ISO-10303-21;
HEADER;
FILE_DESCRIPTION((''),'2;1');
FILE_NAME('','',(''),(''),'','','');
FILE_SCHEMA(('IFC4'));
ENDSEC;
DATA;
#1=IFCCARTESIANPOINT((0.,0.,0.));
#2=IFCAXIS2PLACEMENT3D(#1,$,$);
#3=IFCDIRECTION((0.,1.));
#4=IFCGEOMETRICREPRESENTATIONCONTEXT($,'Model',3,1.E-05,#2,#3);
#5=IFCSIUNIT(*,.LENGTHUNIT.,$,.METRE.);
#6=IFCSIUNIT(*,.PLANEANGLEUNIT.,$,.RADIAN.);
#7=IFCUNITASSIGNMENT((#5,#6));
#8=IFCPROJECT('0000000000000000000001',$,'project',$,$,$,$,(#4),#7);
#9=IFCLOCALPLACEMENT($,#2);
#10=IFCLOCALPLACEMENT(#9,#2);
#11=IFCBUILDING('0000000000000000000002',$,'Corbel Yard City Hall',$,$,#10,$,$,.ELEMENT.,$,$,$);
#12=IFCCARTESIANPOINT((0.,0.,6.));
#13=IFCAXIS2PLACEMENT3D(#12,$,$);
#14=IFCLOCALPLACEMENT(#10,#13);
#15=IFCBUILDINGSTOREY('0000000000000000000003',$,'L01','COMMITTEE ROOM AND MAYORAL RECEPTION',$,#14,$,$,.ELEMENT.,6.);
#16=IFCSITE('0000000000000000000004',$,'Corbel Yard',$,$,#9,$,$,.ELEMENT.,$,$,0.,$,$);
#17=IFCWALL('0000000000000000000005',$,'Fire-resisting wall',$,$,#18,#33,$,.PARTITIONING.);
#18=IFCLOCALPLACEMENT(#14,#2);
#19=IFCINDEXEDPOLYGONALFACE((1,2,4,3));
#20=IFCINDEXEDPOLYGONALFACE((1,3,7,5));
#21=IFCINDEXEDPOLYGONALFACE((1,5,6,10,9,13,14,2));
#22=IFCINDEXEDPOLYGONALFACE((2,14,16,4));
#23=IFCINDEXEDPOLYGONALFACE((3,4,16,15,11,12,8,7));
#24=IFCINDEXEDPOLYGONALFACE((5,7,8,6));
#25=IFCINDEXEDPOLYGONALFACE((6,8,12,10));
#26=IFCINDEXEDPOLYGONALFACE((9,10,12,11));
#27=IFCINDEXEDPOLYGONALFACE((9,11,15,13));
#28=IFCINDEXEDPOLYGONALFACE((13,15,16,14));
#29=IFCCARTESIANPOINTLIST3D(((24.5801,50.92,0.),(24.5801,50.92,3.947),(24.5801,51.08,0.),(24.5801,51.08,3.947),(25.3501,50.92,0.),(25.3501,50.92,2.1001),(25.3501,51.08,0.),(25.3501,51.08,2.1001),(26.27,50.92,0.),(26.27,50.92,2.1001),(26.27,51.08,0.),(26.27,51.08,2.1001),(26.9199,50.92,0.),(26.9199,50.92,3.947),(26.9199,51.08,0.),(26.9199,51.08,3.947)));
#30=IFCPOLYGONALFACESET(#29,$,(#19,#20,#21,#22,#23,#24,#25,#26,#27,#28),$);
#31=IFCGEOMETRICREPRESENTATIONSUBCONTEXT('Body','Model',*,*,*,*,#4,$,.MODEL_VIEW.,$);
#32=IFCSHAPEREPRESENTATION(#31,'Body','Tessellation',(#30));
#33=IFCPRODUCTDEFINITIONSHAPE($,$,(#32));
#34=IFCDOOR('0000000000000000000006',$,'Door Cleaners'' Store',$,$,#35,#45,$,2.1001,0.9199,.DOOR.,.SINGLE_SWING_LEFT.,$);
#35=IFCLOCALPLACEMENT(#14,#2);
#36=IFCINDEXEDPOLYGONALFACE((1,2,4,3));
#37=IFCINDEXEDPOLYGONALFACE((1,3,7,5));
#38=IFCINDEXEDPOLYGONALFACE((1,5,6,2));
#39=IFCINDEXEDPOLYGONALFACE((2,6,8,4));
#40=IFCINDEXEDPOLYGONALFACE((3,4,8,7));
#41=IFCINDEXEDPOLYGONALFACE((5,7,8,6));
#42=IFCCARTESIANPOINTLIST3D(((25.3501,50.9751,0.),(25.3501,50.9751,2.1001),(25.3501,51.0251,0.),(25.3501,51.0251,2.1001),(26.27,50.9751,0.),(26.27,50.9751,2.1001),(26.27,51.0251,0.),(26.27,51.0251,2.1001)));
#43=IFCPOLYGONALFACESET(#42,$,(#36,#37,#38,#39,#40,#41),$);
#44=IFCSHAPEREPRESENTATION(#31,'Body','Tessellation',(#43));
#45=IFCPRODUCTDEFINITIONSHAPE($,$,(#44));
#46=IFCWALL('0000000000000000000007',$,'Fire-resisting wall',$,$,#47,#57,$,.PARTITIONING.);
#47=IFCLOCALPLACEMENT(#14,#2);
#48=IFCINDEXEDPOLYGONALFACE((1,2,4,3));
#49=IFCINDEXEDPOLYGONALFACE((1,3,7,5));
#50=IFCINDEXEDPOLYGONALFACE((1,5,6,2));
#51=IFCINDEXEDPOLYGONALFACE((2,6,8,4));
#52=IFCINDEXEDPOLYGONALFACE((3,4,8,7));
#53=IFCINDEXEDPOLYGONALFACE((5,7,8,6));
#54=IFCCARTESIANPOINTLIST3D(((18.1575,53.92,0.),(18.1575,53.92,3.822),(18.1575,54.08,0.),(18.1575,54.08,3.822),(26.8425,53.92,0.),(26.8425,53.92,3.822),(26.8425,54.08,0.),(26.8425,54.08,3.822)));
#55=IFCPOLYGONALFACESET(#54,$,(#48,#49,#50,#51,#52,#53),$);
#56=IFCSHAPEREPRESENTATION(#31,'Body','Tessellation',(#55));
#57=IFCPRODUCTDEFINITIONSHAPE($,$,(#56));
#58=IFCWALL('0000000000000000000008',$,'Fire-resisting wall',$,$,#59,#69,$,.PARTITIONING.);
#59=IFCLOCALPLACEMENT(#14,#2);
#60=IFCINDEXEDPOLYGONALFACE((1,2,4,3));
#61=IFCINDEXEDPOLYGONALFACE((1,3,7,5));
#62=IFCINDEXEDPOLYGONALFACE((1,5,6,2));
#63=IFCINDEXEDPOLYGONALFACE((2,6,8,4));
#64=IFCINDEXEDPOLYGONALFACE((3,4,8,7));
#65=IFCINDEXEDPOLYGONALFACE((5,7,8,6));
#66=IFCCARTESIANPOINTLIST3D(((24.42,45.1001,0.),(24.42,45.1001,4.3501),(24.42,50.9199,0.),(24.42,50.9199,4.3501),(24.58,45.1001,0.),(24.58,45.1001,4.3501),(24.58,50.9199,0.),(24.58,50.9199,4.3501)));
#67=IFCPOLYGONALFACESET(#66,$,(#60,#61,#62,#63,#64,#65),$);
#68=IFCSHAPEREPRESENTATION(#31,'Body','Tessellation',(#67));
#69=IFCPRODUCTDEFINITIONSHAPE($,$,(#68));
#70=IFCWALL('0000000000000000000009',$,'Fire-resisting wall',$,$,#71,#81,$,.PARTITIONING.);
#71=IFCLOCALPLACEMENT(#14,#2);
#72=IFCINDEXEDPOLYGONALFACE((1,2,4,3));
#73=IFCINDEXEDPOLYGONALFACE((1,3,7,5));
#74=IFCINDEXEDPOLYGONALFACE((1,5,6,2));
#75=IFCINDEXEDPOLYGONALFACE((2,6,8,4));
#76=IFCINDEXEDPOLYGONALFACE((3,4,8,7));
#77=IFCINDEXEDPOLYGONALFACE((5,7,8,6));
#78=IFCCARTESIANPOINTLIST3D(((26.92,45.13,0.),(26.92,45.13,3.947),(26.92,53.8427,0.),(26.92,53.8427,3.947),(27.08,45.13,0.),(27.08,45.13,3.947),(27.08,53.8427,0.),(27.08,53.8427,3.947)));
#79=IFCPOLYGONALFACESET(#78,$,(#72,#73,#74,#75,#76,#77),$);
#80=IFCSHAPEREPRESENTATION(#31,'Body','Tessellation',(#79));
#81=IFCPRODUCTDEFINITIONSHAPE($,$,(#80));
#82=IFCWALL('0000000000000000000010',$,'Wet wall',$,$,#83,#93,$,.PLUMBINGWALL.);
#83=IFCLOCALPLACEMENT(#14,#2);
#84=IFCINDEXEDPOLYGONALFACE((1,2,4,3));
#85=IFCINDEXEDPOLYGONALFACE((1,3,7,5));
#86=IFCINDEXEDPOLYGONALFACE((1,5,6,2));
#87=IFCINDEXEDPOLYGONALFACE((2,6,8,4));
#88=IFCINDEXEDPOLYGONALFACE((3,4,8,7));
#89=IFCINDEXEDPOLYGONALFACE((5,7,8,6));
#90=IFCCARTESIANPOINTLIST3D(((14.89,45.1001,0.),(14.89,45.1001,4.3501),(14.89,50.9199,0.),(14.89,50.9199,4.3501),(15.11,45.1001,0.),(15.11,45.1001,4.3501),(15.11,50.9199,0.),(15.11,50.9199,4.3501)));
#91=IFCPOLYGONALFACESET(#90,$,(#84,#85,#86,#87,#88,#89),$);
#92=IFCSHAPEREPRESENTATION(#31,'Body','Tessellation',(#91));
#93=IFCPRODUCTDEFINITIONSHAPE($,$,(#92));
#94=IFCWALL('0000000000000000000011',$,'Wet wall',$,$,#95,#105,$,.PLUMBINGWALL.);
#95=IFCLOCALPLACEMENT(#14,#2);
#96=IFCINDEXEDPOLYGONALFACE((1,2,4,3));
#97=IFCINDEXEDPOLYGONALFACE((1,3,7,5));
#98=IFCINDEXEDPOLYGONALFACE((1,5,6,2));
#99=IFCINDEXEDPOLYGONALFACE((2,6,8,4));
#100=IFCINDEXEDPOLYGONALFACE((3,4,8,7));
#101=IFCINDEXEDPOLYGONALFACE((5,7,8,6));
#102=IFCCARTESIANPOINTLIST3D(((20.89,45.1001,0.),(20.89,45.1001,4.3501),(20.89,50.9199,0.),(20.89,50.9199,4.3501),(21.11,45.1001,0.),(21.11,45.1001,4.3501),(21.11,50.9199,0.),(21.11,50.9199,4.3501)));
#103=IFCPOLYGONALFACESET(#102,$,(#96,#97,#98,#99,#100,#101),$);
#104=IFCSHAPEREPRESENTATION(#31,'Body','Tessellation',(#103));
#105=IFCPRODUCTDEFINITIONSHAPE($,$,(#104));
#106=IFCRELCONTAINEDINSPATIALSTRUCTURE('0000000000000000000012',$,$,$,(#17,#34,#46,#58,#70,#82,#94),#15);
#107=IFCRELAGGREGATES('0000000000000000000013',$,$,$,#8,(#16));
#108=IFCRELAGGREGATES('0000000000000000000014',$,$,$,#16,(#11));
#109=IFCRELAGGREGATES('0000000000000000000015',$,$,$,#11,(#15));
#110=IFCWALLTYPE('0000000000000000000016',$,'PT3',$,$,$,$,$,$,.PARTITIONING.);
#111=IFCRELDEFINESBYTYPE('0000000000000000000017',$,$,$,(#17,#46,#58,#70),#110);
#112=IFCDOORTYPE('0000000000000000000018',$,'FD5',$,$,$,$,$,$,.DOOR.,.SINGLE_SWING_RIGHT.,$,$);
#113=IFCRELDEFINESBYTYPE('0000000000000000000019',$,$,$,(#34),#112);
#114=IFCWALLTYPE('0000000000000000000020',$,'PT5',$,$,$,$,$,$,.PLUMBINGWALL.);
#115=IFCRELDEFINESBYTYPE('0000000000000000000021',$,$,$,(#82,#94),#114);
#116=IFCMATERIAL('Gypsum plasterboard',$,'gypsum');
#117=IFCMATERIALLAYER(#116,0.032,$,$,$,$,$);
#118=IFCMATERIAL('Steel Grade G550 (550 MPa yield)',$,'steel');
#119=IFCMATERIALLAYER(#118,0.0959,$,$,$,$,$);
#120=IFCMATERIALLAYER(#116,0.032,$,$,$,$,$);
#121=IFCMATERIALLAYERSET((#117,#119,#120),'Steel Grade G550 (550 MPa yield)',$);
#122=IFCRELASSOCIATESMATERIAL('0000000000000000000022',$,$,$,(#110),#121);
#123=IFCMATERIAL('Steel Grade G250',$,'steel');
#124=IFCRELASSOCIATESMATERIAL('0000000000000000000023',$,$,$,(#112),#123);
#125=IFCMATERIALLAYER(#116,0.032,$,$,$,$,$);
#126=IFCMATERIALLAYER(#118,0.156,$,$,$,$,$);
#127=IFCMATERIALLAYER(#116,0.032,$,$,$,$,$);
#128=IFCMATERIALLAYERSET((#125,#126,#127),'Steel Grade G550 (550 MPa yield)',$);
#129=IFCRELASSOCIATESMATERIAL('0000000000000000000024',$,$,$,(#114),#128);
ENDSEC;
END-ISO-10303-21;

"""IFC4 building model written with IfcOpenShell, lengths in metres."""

from ifc_helpers import new_model, si_unit, direction, frame, frame_2d, origin, place, context, subcontext, project, spatial, rectangle, extrude, material, layer, layer_set, type_object, element, fill, save


model = new_model("IFC4")

# Units and contexts
model_context = context("Model", 3, precision=1e-05, world=origin(), true_north=direction((0.0, 1.0)))
body_context = subcontext(model_context, "Body", "Model", "MODEL_VIEW")
ifc_project = project(units=[si_unit("LENGTHUNIT", "METRE"), si_unit("PLANEANGLEUNIT", "RADIAN")], contexts=[model_context])

# Site, building, storey
site_placement = place(None, origin())
site = spatial("IfcSite", under=ifc_project, at=site_placement, Name="Corbel Yard", CompositionType="ELEMENT", RefElevation=0.0)
building_placement = place(site_placement, origin())
building = spatial("IfcBuilding", under=site, at=building_placement, Name="Corbel Yard City Hall", CompositionType="ELEMENT")
storey_placement = place(building_placement, frame((0.0, 0.0, 6.0)))
storey = spatial("IfcBuildingStorey", under=building, at=storey_placement, Name="L01", Description="COMMITTEE ROOM AND MAYORAL RECEPTION", CompositionType="ELEMENT", Elevation=6.0)

# Shared definitions
ifc_material_1 = material(Name="Gypsum plasterboard", Category="gypsum")
ifc_material_2 = material(Name="Steel Grade G550 (550 MPa yield)", Category="steel")

# Wall, opening, door
ifc_layer_1 = layer(ifc_material_1, 0.032)
ifc_layer_2 = layer(ifc_material_2, 0.0959)
ifc_layer_3 = layer(ifc_material_1, 0.032)
ifc_layer_set_1 = layer_set([ifc_layer_1, ifc_layer_2, ifc_layer_3], Name="Steel Grade G550 (550 MPa yield)")
wall_type_1 = type_object("IfcWallType", Name="PT3", PredefinedType="PARTITIONING", material=ifc_layer_set_1)
ifc_material_3 = material(Name="Steel Grade G250", Category="steel")
wall_1_placement = place(storey_placement, frame((24.5801, 51.0, 0.0), z_axis=(0.0, 0.0, 1.0), x_axis=(1.0, 0.0, 0.0)))
wall_1 = element("IfcWall", 1, at=wall_1_placement, inside=storey, type_object=wall_type_1, Name="Fire-resisting wall", PredefinedType="PARTITIONING", context=body_context, shape_type="SweptSolid", body=[
    extrude(rectangle(XDim=2.3398, YDim=0.1599, at=frame_2d((1.1699, 0.0))), origin(), (0.0, 0.0, 1.0), 3.947),
])
opening_1_placement = place(wall_1_placement, frame((0.77, 0.0, 0.0)))
opening_1 = element("IfcOpeningElement", 2, at=opening_1_placement, cuts=wall_1, PredefinedType="OPENING", context=body_context, shape_type="SweptSolid", body=[
    extrude(rectangle(XDim=0.9199, YDim=2.1001, at=frame_2d((0.46, 1.05))), frame((0.0, 0.0898, 0.0), z_axis=(0.0, -1.0, 0.0), x_axis=(1.0, 0.0, 0.0)), (0.0, 0.0, 1.0), 0.1799),
])
door_type_1 = type_object("IfcDoorType", Name="FD5", OperationType="SINGLE_SWING_RIGHT", PredefinedType="DOOR", material=ifc_material_3)
door_1_placement = place(opening_1_placement, frame((0.9199, 0.0, 0.0), z_axis=(0.0, 0.0, 1.0), x_axis=(-1.0, 0.0, 0.0)))
door_1 = element("IfcDoor", 3, at=door_1_placement, inside=storey, type_object=door_type_1, Name="Door Cleaners' Store", OperationType="SINGLE_SWING_LEFT", OverallHeight=2.1001, OverallWidth=0.9199, PredefinedType="DOOR", context=body_context, shape_type="SweptSolid", body=[
    extrude(rectangle(XDim=0.9199, YDim=2.1001, at=frame_2d((0.46, 1.05))), frame((0.0, 0.0249, 0.0), z_axis=(0.0, -1.0, 0.0), x_axis=(1.0, 0.0, 0.0)), (0.0, 0.0, 1.0), 0.05),
])
fill(opening_1, door_1)

# Walls
wall_2_placement = place(storey_placement, frame((18.1575, 54.0, 0.0), z_axis=(0.0, 0.0, 1.0), x_axis=(1.0, 0.0, 0.0)))
element("IfcWall", 4, at=wall_2_placement, inside=storey, type_object=wall_type_1, Name="Fire-resisting wall", PredefinedType="PARTITIONING", context=body_context, shape_type="SweptSolid", body=[
    extrude(rectangle(XDim=8.6851, YDim=0.1599, at=frame_2d((4.3425, 0.0))), origin(), (0.0, 0.0, 1.0), 3.822),
])
wall_3_placement = place(storey_placement, frame((24.5, 45.1001, 0.0), z_axis=(0.0, 0.0, 1.0), x_axis=(0.0, 1.0, 0.0)))
element("IfcWall", 5, at=wall_3_placement, inside=storey, type_object=wall_type_1, Name="Fire-resisting wall", PredefinedType="PARTITIONING", context=body_context, shape_type="SweptSolid", body=[
    extrude(rectangle(XDim=5.8198, YDim=0.1599, at=frame_2d((2.9099, 0.0))), origin(), (0.0, 0.0, 1.0), 4.3501),
])
wall_4_placement = place(storey_placement, frame((27.0, 45.1299, 0.0), z_axis=(0.0, 0.0, 1.0), x_axis=(0.0, 1.0, 0.0)))
element("IfcWall", 6, at=wall_4_placement, inside=storey, type_object=wall_type_1, Name="Fire-resisting wall", PredefinedType="PARTITIONING", context=body_context, shape_type="SweptSolid", body=[
    extrude(rectangle(XDim=8.7126, YDim=0.1599, at=frame_2d((4.3564, 0.0))), origin(), (0.0, 0.0, 1.0), 3.947),
])
ifc_layer_4 = layer(ifc_material_1, 0.032)
ifc_layer_5 = layer(ifc_material_2, 0.156)
ifc_layer_6 = layer(ifc_material_1, 0.032)
ifc_layer_set_2 = layer_set([ifc_layer_4, ifc_layer_5, ifc_layer_6], Name="Steel Grade G550 (550 MPa yield)")
wall_type_2 = type_object("IfcWallType", Name="PT5", PredefinedType="PLUMBINGWALL", material=ifc_layer_set_2)
for number, where, z_axis, x_axis, name in (
    (7, (15.0, 45.1001, 0.0), (0.0, 0.0, 1.0), (0.0, 1.0, 0.0), "Wet wall"),
    (8, (21.0, 45.1001, 0.0), (0.0, 0.0, 1.0), (0.0, 1.0, 0.0), "Wet wall"),
):
    element("IfcWall", number, at=place(storey_placement, frame(where, z_axis=z_axis, x_axis=x_axis)), inside=storey, type_object=wall_type_2, Name=name, PredefinedType="PLUMBINGWALL", context=body_context, shape_type="SweptSolid", body=[
        extrude(rectangle(XDim=5.8198, YDim=0.22, at=frame_2d((2.9099, 0.0))), origin(), (0.0, 0.0, 1.0), 4.3501),
    ])

save(model, "model.ifc")
